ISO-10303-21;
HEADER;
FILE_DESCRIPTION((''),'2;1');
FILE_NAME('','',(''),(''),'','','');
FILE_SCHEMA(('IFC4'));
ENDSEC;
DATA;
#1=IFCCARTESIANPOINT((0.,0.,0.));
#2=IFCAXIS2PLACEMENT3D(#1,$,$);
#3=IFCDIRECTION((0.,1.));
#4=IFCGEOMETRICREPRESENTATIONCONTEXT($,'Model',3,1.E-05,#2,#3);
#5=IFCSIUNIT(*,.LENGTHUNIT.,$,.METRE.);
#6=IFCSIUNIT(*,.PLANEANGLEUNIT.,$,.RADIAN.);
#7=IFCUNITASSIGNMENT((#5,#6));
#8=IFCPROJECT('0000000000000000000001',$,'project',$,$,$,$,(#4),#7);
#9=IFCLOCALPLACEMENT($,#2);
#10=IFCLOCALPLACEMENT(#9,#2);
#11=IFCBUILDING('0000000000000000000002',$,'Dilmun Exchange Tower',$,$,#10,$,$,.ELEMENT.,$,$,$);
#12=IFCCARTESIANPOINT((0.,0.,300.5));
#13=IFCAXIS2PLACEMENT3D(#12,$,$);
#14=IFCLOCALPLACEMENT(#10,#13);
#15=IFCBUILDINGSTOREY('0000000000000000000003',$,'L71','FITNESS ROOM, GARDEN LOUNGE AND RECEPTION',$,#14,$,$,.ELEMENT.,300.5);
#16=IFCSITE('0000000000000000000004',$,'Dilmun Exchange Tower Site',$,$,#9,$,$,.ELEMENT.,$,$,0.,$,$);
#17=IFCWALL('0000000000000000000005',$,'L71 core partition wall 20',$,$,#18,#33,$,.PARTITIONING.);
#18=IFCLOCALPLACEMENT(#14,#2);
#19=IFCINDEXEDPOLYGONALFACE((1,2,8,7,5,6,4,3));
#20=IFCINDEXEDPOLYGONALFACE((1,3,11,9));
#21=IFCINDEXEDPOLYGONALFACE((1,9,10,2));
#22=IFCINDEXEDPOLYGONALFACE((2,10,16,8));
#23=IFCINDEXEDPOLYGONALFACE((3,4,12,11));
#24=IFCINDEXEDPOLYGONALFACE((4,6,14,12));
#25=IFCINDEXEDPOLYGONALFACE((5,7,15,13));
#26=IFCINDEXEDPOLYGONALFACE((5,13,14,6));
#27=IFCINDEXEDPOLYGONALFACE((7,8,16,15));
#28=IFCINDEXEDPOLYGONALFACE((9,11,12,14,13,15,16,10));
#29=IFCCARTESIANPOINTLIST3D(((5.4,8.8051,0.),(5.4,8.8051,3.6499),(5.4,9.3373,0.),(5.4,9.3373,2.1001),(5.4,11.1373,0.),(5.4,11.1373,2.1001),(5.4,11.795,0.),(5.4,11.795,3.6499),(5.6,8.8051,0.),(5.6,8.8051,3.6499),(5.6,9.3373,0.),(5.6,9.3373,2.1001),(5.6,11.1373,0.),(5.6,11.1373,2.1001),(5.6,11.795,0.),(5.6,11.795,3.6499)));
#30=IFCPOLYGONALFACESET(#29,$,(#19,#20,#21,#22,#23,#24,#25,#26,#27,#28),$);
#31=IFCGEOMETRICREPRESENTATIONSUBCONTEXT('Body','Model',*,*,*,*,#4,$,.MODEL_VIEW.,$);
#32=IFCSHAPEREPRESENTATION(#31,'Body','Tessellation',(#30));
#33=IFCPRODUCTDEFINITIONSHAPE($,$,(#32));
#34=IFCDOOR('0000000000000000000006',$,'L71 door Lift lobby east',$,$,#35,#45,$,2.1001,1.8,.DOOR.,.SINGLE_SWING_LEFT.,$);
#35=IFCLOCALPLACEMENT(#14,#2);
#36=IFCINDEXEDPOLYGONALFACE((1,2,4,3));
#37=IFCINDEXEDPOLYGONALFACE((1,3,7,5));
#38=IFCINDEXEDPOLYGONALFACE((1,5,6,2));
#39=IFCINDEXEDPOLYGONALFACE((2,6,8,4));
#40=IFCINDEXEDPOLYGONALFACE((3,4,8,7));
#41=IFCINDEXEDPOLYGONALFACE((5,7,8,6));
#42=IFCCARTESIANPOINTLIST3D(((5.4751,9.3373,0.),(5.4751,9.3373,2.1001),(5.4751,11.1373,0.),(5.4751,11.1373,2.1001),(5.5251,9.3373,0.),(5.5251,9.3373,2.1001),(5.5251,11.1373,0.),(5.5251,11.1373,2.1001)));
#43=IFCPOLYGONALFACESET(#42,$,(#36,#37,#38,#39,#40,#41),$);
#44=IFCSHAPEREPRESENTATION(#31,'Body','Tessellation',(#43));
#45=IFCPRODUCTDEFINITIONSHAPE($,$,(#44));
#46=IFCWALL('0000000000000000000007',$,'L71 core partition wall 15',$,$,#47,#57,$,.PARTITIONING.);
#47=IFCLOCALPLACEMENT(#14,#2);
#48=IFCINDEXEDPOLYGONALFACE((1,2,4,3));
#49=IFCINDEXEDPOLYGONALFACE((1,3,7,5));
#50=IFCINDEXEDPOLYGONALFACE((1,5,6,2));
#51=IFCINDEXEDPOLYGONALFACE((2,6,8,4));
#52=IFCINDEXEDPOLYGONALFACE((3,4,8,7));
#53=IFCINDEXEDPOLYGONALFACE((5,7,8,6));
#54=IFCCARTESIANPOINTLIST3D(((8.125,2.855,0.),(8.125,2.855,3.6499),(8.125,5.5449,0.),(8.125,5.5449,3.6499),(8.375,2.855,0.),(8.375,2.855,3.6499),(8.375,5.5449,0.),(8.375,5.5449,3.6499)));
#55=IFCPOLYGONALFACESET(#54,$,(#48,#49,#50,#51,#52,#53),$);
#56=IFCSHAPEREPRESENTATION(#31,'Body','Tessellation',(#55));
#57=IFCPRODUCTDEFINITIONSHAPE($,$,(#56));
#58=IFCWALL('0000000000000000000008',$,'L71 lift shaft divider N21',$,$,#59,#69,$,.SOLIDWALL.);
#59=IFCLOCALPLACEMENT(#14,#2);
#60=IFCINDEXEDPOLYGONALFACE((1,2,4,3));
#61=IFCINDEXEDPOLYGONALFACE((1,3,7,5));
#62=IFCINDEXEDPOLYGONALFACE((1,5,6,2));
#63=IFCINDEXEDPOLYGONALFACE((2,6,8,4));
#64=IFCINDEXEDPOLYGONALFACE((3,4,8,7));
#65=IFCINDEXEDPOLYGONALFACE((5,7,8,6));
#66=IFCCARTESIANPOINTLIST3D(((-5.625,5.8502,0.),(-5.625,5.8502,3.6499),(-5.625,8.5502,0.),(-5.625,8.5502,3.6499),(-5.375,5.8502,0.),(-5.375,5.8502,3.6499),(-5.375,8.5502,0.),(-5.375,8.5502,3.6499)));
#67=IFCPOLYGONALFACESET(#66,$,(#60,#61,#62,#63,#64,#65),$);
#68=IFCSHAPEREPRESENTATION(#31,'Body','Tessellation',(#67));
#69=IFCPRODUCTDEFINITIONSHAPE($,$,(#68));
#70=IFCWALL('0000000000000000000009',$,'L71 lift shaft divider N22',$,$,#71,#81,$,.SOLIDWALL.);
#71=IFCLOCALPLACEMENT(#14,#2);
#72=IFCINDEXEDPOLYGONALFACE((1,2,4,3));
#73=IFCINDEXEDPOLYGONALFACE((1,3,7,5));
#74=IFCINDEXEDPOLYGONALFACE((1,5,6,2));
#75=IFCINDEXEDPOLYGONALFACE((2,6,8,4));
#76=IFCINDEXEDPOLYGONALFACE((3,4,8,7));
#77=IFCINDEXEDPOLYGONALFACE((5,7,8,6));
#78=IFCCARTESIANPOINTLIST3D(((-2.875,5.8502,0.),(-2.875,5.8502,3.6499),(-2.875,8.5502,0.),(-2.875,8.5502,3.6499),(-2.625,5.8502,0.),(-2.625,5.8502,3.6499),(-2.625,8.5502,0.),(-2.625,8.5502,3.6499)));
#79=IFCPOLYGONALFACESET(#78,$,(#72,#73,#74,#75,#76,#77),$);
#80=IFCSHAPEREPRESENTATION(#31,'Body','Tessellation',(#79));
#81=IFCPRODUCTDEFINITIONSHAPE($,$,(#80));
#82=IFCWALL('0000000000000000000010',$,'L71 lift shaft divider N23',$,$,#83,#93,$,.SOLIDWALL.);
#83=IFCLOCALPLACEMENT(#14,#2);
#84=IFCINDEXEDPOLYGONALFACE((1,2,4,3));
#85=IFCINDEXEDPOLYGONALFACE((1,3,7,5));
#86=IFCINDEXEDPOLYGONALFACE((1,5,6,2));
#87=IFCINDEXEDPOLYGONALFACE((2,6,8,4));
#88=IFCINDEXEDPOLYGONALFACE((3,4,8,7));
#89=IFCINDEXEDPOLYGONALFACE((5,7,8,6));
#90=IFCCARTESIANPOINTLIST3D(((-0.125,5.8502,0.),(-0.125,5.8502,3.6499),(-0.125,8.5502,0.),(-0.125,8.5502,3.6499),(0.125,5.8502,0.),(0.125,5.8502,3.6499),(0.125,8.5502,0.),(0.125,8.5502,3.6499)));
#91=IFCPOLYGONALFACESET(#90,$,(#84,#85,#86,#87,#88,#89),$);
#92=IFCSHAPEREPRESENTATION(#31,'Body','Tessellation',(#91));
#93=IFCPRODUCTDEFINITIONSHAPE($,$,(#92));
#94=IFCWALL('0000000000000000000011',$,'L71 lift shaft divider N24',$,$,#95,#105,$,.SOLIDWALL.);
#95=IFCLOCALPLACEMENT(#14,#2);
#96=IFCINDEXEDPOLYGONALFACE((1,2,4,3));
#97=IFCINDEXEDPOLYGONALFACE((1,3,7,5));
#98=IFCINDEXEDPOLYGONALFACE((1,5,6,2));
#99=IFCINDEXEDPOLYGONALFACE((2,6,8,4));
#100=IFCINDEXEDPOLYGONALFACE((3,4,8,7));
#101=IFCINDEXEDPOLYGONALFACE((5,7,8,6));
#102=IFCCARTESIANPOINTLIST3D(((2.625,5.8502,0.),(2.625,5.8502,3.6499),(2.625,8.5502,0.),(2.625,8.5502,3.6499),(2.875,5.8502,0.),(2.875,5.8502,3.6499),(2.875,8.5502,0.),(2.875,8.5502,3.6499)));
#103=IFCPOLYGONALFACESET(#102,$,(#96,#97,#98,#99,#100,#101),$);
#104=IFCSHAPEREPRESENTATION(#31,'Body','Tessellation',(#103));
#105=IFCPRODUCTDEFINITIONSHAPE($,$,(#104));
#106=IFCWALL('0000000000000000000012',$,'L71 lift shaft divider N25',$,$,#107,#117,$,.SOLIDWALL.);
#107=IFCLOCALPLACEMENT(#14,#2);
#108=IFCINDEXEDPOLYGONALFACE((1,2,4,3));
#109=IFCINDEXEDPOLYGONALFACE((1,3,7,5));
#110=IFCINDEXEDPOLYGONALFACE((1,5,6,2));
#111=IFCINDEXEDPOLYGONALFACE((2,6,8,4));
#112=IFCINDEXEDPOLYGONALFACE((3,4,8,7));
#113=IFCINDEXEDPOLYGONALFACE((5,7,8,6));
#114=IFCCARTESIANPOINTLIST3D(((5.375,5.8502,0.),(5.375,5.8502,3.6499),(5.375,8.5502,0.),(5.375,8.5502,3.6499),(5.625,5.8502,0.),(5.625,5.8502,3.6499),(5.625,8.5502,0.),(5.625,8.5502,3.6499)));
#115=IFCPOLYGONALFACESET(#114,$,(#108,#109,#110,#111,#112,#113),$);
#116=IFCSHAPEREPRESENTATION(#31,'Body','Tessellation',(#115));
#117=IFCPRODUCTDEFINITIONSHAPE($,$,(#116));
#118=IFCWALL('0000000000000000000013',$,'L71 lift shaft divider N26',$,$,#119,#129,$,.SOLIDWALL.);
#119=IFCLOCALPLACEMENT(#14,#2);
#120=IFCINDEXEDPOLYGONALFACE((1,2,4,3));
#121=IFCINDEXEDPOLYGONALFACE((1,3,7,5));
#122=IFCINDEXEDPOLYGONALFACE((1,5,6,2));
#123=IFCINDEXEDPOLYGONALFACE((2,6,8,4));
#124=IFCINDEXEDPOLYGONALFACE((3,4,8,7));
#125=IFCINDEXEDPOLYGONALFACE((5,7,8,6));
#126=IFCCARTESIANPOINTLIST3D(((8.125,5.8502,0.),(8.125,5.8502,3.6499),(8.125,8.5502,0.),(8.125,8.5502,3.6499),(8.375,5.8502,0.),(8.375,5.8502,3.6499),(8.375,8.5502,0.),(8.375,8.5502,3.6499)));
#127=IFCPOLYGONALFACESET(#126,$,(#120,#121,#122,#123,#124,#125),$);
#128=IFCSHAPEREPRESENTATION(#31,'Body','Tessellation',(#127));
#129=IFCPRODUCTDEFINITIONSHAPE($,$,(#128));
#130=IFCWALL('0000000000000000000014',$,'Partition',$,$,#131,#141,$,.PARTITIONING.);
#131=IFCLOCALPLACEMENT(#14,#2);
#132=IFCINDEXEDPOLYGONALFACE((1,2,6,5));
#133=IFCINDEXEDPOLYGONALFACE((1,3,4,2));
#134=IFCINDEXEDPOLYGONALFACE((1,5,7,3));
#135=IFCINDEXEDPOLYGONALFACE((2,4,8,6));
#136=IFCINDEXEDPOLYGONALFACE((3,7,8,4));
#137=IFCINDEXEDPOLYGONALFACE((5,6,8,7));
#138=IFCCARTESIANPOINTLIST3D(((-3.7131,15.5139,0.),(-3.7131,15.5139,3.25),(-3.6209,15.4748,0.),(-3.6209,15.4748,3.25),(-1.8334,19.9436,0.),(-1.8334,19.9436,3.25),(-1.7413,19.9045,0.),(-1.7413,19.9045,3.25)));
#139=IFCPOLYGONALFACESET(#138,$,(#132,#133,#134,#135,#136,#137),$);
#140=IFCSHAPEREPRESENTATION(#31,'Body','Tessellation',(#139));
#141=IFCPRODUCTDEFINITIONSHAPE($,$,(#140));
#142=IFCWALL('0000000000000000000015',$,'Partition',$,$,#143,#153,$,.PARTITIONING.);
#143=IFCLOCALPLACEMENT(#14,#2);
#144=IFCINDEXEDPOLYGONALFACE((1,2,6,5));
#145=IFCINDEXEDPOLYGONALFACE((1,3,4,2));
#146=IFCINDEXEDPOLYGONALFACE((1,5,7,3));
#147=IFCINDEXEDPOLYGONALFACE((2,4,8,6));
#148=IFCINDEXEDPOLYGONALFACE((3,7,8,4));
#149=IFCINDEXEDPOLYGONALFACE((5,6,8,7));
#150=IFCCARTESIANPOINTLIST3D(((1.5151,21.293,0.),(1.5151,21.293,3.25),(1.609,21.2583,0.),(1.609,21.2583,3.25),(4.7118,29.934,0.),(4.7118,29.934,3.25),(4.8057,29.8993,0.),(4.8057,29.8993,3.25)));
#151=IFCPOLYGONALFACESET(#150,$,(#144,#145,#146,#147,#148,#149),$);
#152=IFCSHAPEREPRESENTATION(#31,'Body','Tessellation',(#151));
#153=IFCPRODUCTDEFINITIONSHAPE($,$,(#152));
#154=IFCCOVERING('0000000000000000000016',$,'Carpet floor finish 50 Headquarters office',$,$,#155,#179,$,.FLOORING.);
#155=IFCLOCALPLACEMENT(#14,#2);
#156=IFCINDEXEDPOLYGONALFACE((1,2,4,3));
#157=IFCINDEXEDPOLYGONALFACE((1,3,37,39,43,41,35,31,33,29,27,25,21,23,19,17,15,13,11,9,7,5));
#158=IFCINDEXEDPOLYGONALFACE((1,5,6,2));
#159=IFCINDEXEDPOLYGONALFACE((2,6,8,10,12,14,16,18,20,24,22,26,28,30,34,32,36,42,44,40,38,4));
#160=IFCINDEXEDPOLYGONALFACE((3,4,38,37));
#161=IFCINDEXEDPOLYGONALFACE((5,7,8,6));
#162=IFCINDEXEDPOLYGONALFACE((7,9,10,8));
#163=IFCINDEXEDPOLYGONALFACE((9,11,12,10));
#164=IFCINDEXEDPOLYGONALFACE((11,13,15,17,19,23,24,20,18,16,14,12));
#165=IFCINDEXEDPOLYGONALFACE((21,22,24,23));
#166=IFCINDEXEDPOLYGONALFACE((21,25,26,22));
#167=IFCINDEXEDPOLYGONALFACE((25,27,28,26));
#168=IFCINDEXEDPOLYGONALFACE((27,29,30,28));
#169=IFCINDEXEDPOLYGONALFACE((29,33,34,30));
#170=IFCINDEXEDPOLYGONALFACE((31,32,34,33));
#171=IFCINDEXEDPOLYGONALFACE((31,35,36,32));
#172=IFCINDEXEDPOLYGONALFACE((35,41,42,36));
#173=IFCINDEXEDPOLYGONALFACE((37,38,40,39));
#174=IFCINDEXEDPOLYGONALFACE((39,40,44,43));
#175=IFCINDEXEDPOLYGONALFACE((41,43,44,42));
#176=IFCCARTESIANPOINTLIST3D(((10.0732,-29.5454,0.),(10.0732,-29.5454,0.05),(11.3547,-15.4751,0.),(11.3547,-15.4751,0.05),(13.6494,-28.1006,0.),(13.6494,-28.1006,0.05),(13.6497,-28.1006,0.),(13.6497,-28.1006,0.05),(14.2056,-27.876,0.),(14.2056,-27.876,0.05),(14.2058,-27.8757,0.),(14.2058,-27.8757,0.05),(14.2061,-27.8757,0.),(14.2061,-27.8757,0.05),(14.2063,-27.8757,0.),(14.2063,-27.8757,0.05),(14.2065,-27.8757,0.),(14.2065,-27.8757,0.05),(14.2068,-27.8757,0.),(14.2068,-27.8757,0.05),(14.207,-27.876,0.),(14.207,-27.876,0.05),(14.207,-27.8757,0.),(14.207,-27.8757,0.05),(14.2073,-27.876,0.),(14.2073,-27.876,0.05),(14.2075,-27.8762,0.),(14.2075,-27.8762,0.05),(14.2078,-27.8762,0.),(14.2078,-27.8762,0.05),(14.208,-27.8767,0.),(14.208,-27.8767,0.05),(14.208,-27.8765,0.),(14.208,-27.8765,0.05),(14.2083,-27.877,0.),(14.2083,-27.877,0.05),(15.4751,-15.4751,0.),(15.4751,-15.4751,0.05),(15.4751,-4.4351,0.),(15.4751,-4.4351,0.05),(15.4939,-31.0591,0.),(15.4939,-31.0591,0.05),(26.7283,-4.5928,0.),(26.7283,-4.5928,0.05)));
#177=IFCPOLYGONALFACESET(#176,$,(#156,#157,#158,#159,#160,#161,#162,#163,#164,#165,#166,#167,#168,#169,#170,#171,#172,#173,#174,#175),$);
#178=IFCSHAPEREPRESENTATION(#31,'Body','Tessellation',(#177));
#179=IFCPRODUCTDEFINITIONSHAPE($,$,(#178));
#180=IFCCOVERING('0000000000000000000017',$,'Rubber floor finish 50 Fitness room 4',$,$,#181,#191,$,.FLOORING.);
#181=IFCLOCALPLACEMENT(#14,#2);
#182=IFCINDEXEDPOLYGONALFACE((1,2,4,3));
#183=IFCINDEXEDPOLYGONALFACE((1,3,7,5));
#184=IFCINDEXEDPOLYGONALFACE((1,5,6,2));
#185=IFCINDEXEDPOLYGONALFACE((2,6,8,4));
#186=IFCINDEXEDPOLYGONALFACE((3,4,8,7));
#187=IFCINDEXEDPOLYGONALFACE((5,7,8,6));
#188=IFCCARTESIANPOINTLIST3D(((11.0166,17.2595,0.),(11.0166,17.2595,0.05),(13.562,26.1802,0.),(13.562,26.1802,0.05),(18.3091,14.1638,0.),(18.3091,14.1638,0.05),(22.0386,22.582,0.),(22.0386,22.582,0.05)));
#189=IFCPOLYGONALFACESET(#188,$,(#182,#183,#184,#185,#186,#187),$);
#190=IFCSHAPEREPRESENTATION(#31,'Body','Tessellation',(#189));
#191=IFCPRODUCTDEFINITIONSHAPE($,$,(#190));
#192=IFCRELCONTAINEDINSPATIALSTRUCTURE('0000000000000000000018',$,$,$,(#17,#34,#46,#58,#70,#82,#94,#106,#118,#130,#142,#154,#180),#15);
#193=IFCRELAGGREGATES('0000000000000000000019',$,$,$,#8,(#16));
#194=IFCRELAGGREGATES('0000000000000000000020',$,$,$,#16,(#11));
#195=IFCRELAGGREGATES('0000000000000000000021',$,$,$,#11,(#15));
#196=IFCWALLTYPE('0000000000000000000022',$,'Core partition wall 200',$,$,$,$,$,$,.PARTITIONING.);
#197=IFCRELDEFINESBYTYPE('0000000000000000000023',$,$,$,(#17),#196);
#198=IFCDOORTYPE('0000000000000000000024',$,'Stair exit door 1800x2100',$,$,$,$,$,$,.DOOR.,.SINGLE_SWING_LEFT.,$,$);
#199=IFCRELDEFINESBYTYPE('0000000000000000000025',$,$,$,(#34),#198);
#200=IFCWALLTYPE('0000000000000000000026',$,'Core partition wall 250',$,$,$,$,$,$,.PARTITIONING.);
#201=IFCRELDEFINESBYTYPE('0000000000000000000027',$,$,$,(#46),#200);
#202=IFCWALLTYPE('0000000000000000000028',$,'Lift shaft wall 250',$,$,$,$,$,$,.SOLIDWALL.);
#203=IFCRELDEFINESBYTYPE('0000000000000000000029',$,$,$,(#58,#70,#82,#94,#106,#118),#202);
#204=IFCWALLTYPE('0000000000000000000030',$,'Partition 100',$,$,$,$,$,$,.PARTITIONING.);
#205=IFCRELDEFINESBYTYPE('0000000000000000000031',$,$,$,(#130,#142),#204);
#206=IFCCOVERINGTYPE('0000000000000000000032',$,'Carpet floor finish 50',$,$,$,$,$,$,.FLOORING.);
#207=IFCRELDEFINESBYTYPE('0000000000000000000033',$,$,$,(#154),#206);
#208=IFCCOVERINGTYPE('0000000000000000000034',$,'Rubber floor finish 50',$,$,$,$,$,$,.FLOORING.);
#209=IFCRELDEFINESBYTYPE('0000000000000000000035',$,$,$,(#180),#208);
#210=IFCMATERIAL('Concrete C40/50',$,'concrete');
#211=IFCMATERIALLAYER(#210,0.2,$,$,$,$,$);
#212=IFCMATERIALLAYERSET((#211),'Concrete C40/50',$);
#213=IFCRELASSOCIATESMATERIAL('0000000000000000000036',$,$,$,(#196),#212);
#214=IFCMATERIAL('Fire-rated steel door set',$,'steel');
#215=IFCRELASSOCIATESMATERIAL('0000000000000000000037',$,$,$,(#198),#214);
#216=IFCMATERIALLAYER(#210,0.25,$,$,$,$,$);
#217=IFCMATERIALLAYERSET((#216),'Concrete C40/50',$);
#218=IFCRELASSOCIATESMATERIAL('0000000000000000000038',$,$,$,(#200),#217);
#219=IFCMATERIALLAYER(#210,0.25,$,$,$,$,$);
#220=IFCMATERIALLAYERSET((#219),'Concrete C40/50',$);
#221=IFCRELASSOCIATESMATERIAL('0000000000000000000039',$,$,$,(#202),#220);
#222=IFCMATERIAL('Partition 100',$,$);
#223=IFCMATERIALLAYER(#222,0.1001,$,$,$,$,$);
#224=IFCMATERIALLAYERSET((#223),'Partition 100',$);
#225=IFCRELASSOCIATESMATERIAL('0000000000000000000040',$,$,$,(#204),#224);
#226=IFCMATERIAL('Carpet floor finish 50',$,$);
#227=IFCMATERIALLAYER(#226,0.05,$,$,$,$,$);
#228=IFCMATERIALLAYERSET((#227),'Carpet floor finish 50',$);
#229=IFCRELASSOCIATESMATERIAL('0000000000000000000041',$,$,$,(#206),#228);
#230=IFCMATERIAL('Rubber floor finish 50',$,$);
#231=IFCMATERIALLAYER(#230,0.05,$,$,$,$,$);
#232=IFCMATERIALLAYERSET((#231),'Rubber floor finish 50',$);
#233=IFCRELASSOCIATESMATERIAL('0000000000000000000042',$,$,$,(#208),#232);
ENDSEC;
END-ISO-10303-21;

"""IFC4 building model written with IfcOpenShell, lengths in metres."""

from ifc_helpers import new_model, si_unit, direction, frame, frame_2d, origin, place, context, subcontext, project, spatial, polyline, rectangle, outline, extrude, material, layer, layer_set, type_object, element, fill, save


model = new_model("IFC4")

# Units and contexts
model_context = context("Model", 3, precision=1e-05, world=origin(), true_north=direction((0.0, 1.0)))
body_context = subcontext(model_context, "Body", "Model", "MODEL_VIEW")
ifc_project = project(units=[si_unit("LENGTHUNIT", "METRE"), si_unit("PLANEANGLEUNIT", "RADIAN")], contexts=[model_context])

# Site, building, storey
site_placement = place(None, origin())
site = spatial("IfcSite", under=ifc_project, at=site_placement, Name="Dilmun Exchange Tower Site", CompositionType="ELEMENT", RefElevation=0.0)
building_placement = place(site_placement, origin())
building = spatial("IfcBuilding", under=site, at=building_placement, Name="Dilmun Exchange Tower", CompositionType="ELEMENT")
storey_placement = place(building_placement, frame((0.0, 0.0, 300.5)))
storey = spatial("IfcBuildingStorey", under=building, at=storey_placement, Name="L71", Description="FITNESS ROOM, GARDEN LOUNGE AND RECEPTION", CompositionType="ELEMENT", Elevation=300.5)

# Shared definitions
ifc_material_1 = material(Name="Concrete C40/50", Category="concrete")

# Shared definitions
ifc_layer_1 = layer(ifc_material_1, 0.2)
ifc_layer_set_1 = layer_set([ifc_layer_1], Name="Concrete C40/50")
wall_type_1 = type_object("IfcWallType", Name="Core partition wall 200", PredefinedType="PARTITIONING", material=ifc_layer_set_1)

# Wall, opening, door
wall_1_placement = place(storey_placement, frame((5.5, 8.8049, 0.0), z_axis=(0.0, 0.0, 1.0), x_axis=(0.0, 1.0, 0.0)))
wall_1 = element("IfcWall", 1, at=wall_1_placement, inside=storey, type_object=wall_type_1, Name="L71 core partition wall 20", PredefinedType="PARTITIONING", context=body_context, shape_type="SweptSolid", body=[
    extrude(rectangle(XDim=2.99, YDim=0.2, at=frame_2d((1.4951, 0.0))), origin(), (0.0, 0.0, 1.0), 3.6499),
])
opening_placement = place(wall_1_placement, frame((0.5325, 0.0, 0.0)))
opening = element("IfcOpeningElement", 2, at=opening_placement, cuts=wall_1, PredefinedType="OPENING", context=body_context, shape_type="SweptSolid", body=[
    extrude(rectangle(XDim=1.8, YDim=2.1001, at=frame_2d((0.8999, 1.05))), frame((0.0, 0.1099, 0.0), z_axis=(0.0, -1.0, 0.0), x_axis=(1.0, 0.0, 0.0)), (0.0, 0.0, 1.0), 0.22),
])
ifc_material_2 = material(Name="Fire-rated steel door set", Category="steel")
door_type = type_object("IfcDoorType", Name="Stair exit door 1800x2100", OperationType="SINGLE_SWING_LEFT", PredefinedType="DOOR", material=ifc_material_2)
door_placement = place(opening_placement, origin())
door = element("IfcDoor", 3, at=door_placement, inside=storey, type_object=door_type, Name="L71 door Lift lobby east", OperationType="SINGLE_SWING_LEFT", OverallHeight=2.1001, OverallWidth=1.8, PredefinedType="DOOR", context=body_context, shape_type="SweptSolid", body=[
    extrude(rectangle(XDim=1.8, YDim=2.1001, at=frame_2d((0.8999, 1.05))), frame((0.0, 0.0249, 0.0), z_axis=(0.0, -1.0, 0.0), x_axis=(1.0, 0.0, 0.0)), (0.0, 0.0, 1.0), 0.05),
])
fill(opening, door)

# Walls
ifc_layer_2 = layer(ifc_material_1, 0.25)
ifc_layer_set_2 = layer_set([ifc_layer_2], Name="Concrete C40/50")
wall_type_2 = type_object("IfcWallType", Name="Core partition wall 250", PredefinedType="PARTITIONING", material=ifc_layer_set_2)
wall_2_placement = place(storey_placement, frame((8.25, 2.855, 0.0), z_axis=(0.0, 0.0, 1.0), x_axis=(0.0, 1.0, 0.0)))
element("IfcWall", 4, at=wall_2_placement, inside=storey, type_object=wall_type_2, Name="L71 core partition wall 15", PredefinedType="PARTITIONING", context=body_context, shape_type="SweptSolid", body=[
    extrude(rectangle(XDim=2.6899, YDim=0.25, at=frame_2d((1.345, 0.0))), origin(), (0.0, 0.0, 1.0), 3.6499),
])
ifc_layer_3 = layer(ifc_material_1, 0.25)
ifc_layer_set_3 = layer_set([ifc_layer_3], Name="Concrete C40/50")
wall_type_3 = type_object("IfcWallType", Name="Lift shaft wall 250", PredefinedType="SOLIDWALL", material=ifc_layer_set_3)
for number, where, z_axis, x_axis, name in (
    (5, (-5.5, 5.8501, 0.0), (0.0, 0.0, 1.0), (0.0, 1.0, 0.0), "L71 lift shaft divider N21"),
    (6, (-2.75, 5.8501, 0.0), (0.0, 0.0, 1.0), (0.0, 1.0, 0.0), "L71 lift shaft divider N22"),
    (7, (0.0, 5.8501, 0.0), (0.0, 0.0, 1.0), (0.0, 1.0, 0.0), "L71 lift shaft divider N23"),
    (8, (2.75, 5.8501, 0.0), (0.0, 0.0, 1.0), (0.0, 1.0, 0.0), "L71 lift shaft divider N24"),
    (9, (5.5, 5.8501, 0.0), (0.0, 0.0, 1.0), (0.0, 1.0, 0.0), "L71 lift shaft divider N25"),
    (10, (8.25, 5.8501, 0.0), (0.0, 0.0, 1.0), (0.0, 1.0, 0.0), "L71 lift shaft divider N26"),
):
    element("IfcWall", number, at=place(storey_placement, frame(where, z_axis=z_axis, x_axis=x_axis)), inside=storey, type_object=wall_type_3, Name=name, PredefinedType="SOLIDWALL", context=body_context, shape_type="SweptSolid", body=[
        extrude(rectangle(XDim=2.7, YDim=0.25, at=frame_2d((1.3501, 0.0))), origin(), (0.0, 0.0, 1.0), 3.6499),
    ])
ifc_material_3 = material(Name="Partition 100")
ifc_layer_4 = layer(ifc_material_3, 0.1001)
ifc_layer_set_4 = layer_set([ifc_layer_4], Name="Partition 100")
wall_type_4 = type_object("IfcWallType", Name="Partition 100", PredefinedType="PARTITIONING", material=ifc_layer_set_4)
wall_3_placement = place(storey_placement, frame((-3.667, 15.4944, 0.0), z_axis=(0.0, 0.0, 1.0), x_axis=(0.390616, 0.920554, 0.0)))
element("IfcWall", 11, at=wall_3_placement, inside=storey, type_object=wall_type_4, Name="Partition", PredefinedType="PARTITIONING", context=body_context, shape_type="SweptSolid", body=[
    extrude(rectangle(XDim=4.812, YDim=0.1001, at=frame_2d((2.406, 0.0))), origin(), (0.0, 0.0, 1.0), 3.25),
])
wall_4_placement = place(storey_placement, frame((1.562, 21.2756, 0.0), z_axis=(0.0, 0.0, 1.0), x_axis=(0.346967, 0.937877, 0.0)))
element("IfcWall", 12, at=wall_4_placement, inside=storey, type_object=wall_type_4, Name="Partition", PredefinedType="PARTITIONING", context=body_context, shape_type="SweptSolid", body=[
    extrude(rectangle(XDim=9.2134, YDim=0.1001, at=frame_2d((4.6067, 0.0))), origin(), (0.0, 0.0, 1.0), 3.25),
])

# Coverings
ifc_material_4 = material(Name="Carpet floor finish 50")
ifc_layer_5 = layer(ifc_material_4, 0.05)
ifc_layer_set_5 = layer_set([ifc_layer_5], Name="Carpet floor finish 50")
covering_type_1 = type_object("IfcCoveringType", Name="Carpet floor finish 50", PredefinedType="FLOORING", material=ifc_layer_set_5)
covering_1_placement = place(storey_placement, origin())
element("IfcCovering", 13, at=covering_1_placement, inside=storey, type_object=covering_type_1, Name="Carpet floor finish 50 Headquarters office", PredefinedType="FLOORING", context=body_context, shape_type="SweptSolid", body=[
    extrude(outline(polyline([(15.4751, -4.4351), (26.7283, -4.5928), (15.4939, -31.0591), (14.2083, -27.877), (14.208, -27.8767), (14.208, -27.8767), (14.208, -27.8765), (14.2078, -27.8762), (14.2075, -27.8762), (14.2075, -27.8762), (14.2073, -27.876), (14.207, -27.876), (14.207, -27.8757), (14.2068, -27.8757), (14.2065, -27.8757), (14.2063, -27.8757), (14.2063, -27.8757), (14.2061, -27.8757), (14.2058, -27.8757), (14.2056, -27.876), (13.6497, -28.1006), (13.6497, -28.1006), (13.6494, -28.1006), (13.6494, -28.1006), (10.0732, -29.5454), (11.3547, -15.4751), (15.4751, -15.4751), (15.4751, -4.4351)])), origin(), (0.0, 0.0, 1.0), 0.05),
])
ifc_material_5 = material(Name="Rubber floor finish 50")
ifc_layer_6 = layer(ifc_material_5, 0.05)
ifc_layer_set_6 = layer_set([ifc_layer_6], Name="Rubber floor finish 50")
covering_type_2 = type_object("IfcCoveringType", Name="Rubber floor finish 50", PredefinedType="FLOORING", material=ifc_layer_set_6)
covering_2_placement = place(storey_placement, origin())
element("IfcCovering", 14, at=covering_2_placement, inside=storey, type_object=covering_type_2, Name="Rubber floor finish 50 Fitness room 4", PredefinedType="FLOORING", context=body_context, shape_type="SweptSolid", body=[
    extrude(outline(polyline([(18.3091, 14.1638), (11.0166, 17.2595), (13.562, 26.1802), (22.0386, 22.582), (18.3091, 14.1638)])), origin(), (0.0, 0.0, 1.0), 0.05),
])

save(model, "model.ifc")
